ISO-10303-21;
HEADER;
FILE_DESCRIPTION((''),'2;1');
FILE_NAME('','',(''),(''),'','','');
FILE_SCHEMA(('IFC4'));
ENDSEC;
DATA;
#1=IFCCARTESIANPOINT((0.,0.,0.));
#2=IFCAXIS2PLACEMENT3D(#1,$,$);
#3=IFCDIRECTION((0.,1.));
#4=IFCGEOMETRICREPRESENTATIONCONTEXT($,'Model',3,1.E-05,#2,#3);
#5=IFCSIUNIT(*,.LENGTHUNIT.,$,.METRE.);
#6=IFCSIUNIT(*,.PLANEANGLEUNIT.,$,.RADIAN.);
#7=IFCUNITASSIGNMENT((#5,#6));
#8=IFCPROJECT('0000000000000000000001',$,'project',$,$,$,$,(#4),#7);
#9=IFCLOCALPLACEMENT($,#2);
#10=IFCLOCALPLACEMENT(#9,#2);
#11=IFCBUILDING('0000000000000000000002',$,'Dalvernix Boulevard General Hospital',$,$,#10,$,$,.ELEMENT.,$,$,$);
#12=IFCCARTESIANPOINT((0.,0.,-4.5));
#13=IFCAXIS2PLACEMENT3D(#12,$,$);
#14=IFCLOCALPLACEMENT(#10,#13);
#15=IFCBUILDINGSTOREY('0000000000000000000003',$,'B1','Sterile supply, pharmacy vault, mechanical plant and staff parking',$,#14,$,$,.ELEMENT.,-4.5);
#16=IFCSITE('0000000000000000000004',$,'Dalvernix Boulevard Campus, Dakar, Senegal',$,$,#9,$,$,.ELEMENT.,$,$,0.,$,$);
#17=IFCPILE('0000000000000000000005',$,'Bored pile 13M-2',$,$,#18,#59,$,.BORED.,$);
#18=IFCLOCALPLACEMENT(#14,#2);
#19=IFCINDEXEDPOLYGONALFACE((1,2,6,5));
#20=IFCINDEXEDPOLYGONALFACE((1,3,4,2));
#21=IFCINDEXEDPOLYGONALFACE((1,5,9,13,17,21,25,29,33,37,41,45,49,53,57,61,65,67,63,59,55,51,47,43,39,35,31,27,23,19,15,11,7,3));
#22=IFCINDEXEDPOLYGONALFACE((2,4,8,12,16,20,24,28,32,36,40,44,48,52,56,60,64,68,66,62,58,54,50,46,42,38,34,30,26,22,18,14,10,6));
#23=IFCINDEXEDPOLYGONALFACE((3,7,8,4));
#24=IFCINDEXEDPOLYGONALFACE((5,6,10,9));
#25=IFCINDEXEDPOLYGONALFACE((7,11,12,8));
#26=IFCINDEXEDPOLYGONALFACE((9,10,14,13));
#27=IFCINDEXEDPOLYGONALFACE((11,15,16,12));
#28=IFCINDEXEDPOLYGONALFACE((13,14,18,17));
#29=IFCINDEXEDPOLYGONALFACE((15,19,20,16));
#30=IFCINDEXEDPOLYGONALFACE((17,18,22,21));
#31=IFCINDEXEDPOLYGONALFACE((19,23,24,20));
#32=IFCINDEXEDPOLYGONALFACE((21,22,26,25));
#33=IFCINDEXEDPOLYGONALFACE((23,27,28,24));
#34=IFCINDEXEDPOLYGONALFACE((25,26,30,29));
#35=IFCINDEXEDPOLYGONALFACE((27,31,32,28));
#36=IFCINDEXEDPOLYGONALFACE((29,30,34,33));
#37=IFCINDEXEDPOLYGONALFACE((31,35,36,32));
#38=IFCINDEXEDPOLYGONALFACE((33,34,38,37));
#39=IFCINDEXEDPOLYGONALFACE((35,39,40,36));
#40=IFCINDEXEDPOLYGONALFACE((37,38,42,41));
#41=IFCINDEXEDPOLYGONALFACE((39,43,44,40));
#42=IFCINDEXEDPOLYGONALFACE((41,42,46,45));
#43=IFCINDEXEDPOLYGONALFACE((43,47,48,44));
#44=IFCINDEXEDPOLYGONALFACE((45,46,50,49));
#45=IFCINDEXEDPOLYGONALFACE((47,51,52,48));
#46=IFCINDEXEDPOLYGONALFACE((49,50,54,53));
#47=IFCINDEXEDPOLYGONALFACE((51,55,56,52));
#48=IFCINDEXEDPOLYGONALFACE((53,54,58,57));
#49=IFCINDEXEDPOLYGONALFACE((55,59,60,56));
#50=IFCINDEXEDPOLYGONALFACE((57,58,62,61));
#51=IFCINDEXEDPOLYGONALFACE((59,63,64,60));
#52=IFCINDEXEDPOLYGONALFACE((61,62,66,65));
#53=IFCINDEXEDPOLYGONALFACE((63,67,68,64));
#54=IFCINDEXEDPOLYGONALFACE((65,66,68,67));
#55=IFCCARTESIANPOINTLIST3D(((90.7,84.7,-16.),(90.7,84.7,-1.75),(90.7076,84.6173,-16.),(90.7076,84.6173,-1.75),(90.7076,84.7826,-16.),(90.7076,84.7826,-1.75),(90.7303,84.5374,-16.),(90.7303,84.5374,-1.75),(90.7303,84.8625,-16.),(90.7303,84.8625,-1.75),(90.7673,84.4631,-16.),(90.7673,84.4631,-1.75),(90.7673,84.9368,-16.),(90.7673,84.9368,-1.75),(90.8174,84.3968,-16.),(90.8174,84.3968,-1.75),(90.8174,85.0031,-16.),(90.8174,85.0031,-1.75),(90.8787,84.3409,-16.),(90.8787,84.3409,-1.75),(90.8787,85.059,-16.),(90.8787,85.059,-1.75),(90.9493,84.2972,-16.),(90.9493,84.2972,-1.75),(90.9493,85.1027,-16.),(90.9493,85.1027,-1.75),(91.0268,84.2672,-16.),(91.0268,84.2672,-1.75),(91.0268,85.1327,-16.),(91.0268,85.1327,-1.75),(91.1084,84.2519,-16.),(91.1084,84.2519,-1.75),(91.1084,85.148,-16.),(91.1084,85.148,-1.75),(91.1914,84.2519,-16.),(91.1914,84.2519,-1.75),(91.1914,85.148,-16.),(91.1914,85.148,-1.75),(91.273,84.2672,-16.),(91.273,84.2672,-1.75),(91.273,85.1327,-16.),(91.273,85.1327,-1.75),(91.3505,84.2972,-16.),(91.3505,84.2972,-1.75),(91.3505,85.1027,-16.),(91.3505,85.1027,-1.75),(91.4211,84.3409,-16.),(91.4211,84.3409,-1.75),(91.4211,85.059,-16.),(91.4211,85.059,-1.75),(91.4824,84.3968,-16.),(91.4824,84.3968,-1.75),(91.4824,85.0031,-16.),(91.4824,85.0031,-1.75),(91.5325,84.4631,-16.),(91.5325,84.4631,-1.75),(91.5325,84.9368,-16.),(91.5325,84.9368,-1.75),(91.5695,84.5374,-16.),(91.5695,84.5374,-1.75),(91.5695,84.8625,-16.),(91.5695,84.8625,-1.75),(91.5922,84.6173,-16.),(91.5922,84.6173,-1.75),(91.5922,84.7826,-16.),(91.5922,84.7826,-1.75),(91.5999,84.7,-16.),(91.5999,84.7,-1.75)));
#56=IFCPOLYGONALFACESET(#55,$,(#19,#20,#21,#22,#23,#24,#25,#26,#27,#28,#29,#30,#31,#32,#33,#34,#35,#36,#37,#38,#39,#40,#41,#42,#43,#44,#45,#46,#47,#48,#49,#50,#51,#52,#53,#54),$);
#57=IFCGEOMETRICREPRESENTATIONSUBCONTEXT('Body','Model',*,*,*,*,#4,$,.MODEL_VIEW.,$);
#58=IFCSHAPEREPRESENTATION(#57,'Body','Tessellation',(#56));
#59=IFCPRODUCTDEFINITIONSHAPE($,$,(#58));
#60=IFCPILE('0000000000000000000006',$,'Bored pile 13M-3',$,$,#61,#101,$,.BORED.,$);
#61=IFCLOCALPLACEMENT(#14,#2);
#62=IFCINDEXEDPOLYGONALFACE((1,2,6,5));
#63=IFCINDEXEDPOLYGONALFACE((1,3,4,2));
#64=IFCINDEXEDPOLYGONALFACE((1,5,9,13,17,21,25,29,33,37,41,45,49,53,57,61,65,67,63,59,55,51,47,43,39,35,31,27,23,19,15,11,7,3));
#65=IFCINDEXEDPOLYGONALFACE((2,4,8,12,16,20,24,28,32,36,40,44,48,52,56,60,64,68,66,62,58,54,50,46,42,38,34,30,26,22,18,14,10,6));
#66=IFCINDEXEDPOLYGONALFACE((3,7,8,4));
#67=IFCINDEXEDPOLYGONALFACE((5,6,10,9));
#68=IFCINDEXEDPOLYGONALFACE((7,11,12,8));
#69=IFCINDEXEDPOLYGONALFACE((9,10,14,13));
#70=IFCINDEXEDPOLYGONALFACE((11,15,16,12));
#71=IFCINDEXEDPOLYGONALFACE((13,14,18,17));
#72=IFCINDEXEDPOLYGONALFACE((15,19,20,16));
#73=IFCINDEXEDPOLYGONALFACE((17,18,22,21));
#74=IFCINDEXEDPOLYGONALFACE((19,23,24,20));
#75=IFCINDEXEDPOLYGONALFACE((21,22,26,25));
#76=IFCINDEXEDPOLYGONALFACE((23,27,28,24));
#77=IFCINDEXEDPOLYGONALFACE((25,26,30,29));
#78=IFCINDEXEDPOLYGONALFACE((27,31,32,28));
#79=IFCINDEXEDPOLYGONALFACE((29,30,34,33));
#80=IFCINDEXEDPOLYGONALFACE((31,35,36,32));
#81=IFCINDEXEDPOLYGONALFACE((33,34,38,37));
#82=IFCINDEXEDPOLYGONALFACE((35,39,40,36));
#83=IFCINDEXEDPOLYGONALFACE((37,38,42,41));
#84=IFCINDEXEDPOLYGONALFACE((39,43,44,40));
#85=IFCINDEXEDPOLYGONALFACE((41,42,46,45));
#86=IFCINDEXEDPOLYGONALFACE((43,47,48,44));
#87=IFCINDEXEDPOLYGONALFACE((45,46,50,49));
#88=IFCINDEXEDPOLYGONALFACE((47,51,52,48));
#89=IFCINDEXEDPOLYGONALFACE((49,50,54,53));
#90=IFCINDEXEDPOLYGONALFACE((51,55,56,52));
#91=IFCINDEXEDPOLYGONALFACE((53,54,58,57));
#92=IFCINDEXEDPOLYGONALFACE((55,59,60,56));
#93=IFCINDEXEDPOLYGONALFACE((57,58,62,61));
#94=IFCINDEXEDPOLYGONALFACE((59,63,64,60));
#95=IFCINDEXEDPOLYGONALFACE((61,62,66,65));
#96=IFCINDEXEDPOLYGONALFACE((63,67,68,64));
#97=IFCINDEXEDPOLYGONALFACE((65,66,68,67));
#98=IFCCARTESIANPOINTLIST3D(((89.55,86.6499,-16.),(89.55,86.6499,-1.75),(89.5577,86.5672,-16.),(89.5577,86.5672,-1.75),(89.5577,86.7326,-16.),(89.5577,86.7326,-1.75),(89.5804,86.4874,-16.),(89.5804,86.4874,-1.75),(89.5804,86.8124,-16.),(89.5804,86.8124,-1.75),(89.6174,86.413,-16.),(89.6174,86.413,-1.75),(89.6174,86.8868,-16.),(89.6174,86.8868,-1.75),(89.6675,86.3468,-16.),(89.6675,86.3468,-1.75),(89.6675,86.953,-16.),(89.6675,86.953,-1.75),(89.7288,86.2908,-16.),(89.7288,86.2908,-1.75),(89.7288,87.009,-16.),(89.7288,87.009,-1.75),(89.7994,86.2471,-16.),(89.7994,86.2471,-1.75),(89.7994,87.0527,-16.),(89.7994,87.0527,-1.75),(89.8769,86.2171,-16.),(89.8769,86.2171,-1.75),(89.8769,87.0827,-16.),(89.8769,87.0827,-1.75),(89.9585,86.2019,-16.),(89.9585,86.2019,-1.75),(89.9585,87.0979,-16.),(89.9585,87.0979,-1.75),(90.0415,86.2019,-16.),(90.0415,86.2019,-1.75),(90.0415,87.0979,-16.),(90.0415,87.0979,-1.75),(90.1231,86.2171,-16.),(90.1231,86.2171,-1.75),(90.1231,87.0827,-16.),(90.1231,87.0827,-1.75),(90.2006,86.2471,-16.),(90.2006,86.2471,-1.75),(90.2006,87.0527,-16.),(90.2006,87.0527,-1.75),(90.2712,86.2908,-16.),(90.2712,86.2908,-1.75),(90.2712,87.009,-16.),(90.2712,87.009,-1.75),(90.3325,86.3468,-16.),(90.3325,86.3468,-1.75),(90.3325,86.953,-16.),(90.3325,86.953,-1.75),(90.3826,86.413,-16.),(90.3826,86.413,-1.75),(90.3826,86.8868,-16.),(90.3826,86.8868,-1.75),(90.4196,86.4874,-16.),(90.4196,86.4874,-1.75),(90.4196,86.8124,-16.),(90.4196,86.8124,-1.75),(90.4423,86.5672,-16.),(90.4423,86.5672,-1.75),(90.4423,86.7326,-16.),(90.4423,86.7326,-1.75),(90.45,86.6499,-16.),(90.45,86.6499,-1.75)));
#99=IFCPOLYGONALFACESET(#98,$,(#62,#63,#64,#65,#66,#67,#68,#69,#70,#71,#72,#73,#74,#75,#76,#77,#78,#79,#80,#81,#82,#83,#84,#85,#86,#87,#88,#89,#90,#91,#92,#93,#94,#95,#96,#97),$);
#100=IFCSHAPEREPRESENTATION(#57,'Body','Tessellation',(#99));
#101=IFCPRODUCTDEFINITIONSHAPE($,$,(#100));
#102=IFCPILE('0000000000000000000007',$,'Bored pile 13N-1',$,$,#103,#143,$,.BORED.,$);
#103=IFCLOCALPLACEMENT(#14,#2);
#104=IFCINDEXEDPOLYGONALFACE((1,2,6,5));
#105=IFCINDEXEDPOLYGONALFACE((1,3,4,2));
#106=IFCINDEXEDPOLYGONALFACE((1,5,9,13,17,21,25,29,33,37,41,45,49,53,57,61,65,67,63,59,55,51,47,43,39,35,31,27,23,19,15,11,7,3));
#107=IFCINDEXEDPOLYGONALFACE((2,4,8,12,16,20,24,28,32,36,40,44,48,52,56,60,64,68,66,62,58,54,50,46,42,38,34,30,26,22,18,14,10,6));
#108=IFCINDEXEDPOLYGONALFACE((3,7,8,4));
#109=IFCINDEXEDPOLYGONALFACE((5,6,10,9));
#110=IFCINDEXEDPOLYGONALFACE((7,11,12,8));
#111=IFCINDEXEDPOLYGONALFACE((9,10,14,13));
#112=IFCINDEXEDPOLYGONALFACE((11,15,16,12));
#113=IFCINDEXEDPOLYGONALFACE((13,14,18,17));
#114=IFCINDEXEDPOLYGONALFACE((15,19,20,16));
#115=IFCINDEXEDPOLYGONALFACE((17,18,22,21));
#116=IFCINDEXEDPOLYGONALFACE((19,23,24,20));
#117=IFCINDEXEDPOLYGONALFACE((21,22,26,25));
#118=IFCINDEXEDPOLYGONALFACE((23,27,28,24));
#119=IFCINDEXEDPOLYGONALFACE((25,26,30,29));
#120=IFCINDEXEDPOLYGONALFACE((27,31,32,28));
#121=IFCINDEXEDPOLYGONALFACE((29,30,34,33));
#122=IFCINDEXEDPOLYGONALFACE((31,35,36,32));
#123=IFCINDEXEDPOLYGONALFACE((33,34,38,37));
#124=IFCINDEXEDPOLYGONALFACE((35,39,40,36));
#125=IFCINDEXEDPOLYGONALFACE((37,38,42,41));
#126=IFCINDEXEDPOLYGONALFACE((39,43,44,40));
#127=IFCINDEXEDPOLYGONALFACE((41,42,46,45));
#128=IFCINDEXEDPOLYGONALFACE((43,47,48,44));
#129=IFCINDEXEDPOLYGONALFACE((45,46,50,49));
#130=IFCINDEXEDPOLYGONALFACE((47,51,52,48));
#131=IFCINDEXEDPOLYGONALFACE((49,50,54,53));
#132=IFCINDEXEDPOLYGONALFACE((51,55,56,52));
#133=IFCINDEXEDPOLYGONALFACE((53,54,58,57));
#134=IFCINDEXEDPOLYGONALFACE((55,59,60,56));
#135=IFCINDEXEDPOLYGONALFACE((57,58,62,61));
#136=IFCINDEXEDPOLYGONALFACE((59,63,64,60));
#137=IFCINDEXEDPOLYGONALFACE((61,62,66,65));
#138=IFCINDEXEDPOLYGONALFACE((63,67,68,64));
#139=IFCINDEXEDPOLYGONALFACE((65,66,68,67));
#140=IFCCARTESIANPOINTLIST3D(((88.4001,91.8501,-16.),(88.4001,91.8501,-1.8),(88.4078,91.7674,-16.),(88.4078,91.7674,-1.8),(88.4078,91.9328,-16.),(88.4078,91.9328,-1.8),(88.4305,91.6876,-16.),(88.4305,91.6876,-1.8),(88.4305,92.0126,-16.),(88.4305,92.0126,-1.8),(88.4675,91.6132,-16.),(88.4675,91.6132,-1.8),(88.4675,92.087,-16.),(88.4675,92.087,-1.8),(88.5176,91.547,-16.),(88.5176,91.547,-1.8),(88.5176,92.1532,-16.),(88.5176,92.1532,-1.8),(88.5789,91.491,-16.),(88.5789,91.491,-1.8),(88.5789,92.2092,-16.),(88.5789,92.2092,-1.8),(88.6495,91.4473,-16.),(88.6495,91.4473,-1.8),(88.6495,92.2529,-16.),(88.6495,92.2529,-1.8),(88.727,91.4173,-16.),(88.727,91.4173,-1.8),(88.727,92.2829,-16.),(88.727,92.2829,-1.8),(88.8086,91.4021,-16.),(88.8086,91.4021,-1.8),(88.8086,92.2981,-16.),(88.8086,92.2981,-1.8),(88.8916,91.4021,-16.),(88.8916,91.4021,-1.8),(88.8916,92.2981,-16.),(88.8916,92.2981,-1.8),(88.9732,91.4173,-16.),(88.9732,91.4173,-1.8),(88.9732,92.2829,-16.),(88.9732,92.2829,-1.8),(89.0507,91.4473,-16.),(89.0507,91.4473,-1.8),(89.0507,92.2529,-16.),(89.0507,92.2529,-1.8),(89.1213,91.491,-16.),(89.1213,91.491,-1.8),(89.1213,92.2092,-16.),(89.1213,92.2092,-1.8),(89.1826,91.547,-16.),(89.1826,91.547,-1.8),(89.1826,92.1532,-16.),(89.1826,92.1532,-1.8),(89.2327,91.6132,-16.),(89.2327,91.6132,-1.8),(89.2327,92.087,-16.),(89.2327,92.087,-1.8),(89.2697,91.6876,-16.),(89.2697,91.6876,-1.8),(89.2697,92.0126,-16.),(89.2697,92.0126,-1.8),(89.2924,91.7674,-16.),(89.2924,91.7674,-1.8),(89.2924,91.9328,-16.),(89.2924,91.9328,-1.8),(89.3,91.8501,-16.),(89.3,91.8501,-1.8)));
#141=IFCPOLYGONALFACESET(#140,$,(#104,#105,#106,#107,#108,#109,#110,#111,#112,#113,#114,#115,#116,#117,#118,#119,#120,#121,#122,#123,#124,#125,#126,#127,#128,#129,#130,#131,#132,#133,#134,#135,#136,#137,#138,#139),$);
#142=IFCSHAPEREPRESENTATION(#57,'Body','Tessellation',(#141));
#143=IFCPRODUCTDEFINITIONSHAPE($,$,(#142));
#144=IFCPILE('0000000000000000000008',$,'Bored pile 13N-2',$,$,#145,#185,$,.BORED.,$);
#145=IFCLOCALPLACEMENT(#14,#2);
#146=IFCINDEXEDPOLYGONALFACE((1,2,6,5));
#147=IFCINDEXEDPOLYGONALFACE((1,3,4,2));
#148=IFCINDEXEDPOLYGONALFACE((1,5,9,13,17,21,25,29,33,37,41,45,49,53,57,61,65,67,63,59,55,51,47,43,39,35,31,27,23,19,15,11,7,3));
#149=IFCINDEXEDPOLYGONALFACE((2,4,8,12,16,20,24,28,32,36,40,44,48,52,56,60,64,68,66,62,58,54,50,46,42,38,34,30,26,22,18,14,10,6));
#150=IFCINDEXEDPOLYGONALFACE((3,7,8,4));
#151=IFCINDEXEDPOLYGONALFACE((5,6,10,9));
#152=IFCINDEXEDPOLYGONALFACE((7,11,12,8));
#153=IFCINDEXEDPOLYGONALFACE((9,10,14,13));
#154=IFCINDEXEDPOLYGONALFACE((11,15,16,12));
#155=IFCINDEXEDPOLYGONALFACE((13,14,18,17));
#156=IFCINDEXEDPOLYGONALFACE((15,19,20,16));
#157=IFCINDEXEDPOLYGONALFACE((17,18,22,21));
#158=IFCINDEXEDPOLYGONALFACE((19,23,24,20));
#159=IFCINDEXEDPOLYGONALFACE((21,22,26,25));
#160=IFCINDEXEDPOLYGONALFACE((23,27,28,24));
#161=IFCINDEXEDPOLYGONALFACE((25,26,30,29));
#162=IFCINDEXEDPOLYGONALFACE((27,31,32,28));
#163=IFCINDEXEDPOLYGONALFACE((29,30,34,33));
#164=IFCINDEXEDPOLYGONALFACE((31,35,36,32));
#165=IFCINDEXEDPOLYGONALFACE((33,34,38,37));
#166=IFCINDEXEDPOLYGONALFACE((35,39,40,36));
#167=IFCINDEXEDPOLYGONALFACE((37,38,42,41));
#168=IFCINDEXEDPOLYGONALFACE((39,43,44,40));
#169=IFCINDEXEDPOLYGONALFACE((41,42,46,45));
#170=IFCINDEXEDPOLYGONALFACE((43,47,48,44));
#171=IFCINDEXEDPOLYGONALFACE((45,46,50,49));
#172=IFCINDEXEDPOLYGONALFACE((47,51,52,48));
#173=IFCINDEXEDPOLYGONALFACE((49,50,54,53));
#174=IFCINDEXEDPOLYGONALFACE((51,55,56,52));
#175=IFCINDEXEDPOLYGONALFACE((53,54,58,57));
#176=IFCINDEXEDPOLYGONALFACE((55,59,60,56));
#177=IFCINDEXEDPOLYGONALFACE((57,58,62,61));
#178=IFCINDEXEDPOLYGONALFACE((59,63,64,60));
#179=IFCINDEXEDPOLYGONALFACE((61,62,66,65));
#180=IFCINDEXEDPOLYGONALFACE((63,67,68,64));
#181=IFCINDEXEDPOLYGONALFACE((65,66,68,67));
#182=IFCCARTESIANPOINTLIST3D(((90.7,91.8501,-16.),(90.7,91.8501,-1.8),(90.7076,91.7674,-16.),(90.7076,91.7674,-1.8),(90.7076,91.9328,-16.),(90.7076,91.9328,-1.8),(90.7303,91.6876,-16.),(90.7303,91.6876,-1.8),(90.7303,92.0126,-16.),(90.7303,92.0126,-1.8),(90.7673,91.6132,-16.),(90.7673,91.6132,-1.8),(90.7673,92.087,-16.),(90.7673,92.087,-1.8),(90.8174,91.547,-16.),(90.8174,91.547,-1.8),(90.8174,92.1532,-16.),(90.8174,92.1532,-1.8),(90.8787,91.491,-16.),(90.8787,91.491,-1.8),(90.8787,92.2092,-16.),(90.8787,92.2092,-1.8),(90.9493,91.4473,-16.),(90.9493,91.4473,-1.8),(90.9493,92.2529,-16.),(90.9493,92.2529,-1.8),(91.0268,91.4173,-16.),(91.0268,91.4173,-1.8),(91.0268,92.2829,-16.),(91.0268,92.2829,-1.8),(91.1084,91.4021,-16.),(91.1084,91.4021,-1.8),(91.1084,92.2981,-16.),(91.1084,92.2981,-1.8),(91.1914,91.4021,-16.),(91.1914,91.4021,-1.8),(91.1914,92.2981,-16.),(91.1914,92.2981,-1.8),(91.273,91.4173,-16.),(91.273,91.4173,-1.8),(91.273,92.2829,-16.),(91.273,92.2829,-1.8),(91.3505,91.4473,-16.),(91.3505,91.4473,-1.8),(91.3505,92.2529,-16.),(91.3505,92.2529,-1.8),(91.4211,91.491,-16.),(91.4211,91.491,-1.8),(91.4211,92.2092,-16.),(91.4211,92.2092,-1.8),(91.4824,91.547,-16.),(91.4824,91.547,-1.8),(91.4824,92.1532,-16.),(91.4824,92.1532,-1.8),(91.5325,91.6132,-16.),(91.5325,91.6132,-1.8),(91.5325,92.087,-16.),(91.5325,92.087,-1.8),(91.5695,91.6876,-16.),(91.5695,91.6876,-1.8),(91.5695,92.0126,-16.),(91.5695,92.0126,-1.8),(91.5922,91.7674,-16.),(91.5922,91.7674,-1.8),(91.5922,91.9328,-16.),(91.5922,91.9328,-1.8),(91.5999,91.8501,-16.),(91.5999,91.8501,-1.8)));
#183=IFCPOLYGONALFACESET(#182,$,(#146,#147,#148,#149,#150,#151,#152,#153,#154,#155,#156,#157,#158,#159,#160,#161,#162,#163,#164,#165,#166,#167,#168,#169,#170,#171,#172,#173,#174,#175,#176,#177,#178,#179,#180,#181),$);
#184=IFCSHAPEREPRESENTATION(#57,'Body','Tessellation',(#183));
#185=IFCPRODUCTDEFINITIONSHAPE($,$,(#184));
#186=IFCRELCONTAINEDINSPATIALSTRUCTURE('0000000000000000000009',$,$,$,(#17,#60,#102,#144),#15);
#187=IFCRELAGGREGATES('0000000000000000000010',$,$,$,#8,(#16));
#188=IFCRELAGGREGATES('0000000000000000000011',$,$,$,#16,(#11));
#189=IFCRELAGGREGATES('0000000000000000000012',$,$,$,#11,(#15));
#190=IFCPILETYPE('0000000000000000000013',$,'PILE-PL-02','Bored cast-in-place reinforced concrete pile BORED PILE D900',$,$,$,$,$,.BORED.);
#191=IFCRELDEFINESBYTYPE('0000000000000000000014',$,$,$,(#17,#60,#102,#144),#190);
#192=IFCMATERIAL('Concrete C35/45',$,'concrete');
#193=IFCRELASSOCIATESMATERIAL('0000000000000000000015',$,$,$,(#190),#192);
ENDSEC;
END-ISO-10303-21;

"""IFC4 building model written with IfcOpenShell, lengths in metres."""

from ifc_helpers import new_model, si_unit, direction, frame, origin, origin_2d, place, context, subcontext, project, spatial, circle, extrude, material, material_profile, profile_set, type_object, element, save


model = new_model("IFC4")

# Units and contexts
model_context = context("Model", 3, precision=1e-05, world=origin(), true_north=direction((0.0, 1.0)))
body_context = subcontext(model_context, "Body", "Model", "MODEL_VIEW")
ifc_project = project(units=[si_unit("LENGTHUNIT", "METRE"), si_unit("PLANEANGLEUNIT", "RADIAN")], contexts=[model_context])

# Site, building, storey
site_placement = place(None, origin())
site = spatial("IfcSite", under=ifc_project, at=site_placement, Name="Dalvernix Boulevard Campus, Dakar, Senegal", CompositionType="ELEMENT", RefElevation=0.0)
building_placement = place(site_placement, origin())
building = spatial("IfcBuilding", under=site, at=building_placement, Name="Dalvernix Boulevard General Hospital", CompositionType="ELEMENT")
storey_placement = place(building_placement, frame((0.0, 0.0, -4.5)))
storey = spatial("IfcBuildingStorey", under=building, at=storey_placement, Name="B1", Description="Sterile supply, pharmacy vault, mechanical plant and staff parking", CompositionType="ELEMENT", Elevation=-4.5)

# Shared definitions
ifc_material_1 = material(Name="Concrete C35/45", Category="concrete")

# Piles
ifc_material_profile_1 = material_profile(ifc_material_1, circle(Radius=0.45, at=origin_2d()), Name="BORED PILE D900")
ifc_profile_set_1 = profile_set([ifc_material_profile_1], Name="Concrete C35/45")
pile_type = type_object("IfcPileType", Name="PILE-PL-02", Description="Bored cast-in-place reinforced concrete pile BORED PILE D900", PredefinedType="BORED", material=ifc_profile_set_1)
for number, where, z_axis, x_axis, name in (
    (1, (91.1499, 84.7, -1.75), (0.0, 0.0, -1.0), (1.0, 0.0, 0.0), "Bored pile 13M-2"),
    (2, (90.0, 86.6499, -1.75), (0.0, 0.0, -1.0), (1.0, 0.0, 0.0), "Bored pile 13M-3"),
):
    element("IfcPile", number, at=place(storey_placement, frame(where, z_axis=z_axis, x_axis=x_axis)), inside=storey, type_object=pile_type, Name=name, PredefinedType="BORED", context=body_context, shape_type="SweptSolid", body=[
        extrude(circle(Radius=0.45, at=origin_2d()), origin(), (0.0, 0.0, 1.0), 14.25),
    ])
for number, where, z_axis, x_axis, name in (
    (3, (88.8501, 91.8501, -1.8), (0.0, 0.0, -1.0), (1.0, 0.0, 0.0), "Bored pile 13N-1"),
    (4, (91.1499, 91.8501, -1.8), (0.0, 0.0, -1.0), (1.0, 0.0, 0.0), "Bored pile 13N-2"),
):
    element("IfcPile", number, at=place(storey_placement, frame(where, z_axis=z_axis, x_axis=x_axis)), inside=storey, type_object=pile_type, Name=name, PredefinedType="BORED", context=body_context, shape_type="SweptSolid", body=[
        extrude(circle(Radius=0.45, at=origin_2d()), origin(), (0.0, 0.0, 1.0), 14.2),
    ])

save(model, "model.ifc")
